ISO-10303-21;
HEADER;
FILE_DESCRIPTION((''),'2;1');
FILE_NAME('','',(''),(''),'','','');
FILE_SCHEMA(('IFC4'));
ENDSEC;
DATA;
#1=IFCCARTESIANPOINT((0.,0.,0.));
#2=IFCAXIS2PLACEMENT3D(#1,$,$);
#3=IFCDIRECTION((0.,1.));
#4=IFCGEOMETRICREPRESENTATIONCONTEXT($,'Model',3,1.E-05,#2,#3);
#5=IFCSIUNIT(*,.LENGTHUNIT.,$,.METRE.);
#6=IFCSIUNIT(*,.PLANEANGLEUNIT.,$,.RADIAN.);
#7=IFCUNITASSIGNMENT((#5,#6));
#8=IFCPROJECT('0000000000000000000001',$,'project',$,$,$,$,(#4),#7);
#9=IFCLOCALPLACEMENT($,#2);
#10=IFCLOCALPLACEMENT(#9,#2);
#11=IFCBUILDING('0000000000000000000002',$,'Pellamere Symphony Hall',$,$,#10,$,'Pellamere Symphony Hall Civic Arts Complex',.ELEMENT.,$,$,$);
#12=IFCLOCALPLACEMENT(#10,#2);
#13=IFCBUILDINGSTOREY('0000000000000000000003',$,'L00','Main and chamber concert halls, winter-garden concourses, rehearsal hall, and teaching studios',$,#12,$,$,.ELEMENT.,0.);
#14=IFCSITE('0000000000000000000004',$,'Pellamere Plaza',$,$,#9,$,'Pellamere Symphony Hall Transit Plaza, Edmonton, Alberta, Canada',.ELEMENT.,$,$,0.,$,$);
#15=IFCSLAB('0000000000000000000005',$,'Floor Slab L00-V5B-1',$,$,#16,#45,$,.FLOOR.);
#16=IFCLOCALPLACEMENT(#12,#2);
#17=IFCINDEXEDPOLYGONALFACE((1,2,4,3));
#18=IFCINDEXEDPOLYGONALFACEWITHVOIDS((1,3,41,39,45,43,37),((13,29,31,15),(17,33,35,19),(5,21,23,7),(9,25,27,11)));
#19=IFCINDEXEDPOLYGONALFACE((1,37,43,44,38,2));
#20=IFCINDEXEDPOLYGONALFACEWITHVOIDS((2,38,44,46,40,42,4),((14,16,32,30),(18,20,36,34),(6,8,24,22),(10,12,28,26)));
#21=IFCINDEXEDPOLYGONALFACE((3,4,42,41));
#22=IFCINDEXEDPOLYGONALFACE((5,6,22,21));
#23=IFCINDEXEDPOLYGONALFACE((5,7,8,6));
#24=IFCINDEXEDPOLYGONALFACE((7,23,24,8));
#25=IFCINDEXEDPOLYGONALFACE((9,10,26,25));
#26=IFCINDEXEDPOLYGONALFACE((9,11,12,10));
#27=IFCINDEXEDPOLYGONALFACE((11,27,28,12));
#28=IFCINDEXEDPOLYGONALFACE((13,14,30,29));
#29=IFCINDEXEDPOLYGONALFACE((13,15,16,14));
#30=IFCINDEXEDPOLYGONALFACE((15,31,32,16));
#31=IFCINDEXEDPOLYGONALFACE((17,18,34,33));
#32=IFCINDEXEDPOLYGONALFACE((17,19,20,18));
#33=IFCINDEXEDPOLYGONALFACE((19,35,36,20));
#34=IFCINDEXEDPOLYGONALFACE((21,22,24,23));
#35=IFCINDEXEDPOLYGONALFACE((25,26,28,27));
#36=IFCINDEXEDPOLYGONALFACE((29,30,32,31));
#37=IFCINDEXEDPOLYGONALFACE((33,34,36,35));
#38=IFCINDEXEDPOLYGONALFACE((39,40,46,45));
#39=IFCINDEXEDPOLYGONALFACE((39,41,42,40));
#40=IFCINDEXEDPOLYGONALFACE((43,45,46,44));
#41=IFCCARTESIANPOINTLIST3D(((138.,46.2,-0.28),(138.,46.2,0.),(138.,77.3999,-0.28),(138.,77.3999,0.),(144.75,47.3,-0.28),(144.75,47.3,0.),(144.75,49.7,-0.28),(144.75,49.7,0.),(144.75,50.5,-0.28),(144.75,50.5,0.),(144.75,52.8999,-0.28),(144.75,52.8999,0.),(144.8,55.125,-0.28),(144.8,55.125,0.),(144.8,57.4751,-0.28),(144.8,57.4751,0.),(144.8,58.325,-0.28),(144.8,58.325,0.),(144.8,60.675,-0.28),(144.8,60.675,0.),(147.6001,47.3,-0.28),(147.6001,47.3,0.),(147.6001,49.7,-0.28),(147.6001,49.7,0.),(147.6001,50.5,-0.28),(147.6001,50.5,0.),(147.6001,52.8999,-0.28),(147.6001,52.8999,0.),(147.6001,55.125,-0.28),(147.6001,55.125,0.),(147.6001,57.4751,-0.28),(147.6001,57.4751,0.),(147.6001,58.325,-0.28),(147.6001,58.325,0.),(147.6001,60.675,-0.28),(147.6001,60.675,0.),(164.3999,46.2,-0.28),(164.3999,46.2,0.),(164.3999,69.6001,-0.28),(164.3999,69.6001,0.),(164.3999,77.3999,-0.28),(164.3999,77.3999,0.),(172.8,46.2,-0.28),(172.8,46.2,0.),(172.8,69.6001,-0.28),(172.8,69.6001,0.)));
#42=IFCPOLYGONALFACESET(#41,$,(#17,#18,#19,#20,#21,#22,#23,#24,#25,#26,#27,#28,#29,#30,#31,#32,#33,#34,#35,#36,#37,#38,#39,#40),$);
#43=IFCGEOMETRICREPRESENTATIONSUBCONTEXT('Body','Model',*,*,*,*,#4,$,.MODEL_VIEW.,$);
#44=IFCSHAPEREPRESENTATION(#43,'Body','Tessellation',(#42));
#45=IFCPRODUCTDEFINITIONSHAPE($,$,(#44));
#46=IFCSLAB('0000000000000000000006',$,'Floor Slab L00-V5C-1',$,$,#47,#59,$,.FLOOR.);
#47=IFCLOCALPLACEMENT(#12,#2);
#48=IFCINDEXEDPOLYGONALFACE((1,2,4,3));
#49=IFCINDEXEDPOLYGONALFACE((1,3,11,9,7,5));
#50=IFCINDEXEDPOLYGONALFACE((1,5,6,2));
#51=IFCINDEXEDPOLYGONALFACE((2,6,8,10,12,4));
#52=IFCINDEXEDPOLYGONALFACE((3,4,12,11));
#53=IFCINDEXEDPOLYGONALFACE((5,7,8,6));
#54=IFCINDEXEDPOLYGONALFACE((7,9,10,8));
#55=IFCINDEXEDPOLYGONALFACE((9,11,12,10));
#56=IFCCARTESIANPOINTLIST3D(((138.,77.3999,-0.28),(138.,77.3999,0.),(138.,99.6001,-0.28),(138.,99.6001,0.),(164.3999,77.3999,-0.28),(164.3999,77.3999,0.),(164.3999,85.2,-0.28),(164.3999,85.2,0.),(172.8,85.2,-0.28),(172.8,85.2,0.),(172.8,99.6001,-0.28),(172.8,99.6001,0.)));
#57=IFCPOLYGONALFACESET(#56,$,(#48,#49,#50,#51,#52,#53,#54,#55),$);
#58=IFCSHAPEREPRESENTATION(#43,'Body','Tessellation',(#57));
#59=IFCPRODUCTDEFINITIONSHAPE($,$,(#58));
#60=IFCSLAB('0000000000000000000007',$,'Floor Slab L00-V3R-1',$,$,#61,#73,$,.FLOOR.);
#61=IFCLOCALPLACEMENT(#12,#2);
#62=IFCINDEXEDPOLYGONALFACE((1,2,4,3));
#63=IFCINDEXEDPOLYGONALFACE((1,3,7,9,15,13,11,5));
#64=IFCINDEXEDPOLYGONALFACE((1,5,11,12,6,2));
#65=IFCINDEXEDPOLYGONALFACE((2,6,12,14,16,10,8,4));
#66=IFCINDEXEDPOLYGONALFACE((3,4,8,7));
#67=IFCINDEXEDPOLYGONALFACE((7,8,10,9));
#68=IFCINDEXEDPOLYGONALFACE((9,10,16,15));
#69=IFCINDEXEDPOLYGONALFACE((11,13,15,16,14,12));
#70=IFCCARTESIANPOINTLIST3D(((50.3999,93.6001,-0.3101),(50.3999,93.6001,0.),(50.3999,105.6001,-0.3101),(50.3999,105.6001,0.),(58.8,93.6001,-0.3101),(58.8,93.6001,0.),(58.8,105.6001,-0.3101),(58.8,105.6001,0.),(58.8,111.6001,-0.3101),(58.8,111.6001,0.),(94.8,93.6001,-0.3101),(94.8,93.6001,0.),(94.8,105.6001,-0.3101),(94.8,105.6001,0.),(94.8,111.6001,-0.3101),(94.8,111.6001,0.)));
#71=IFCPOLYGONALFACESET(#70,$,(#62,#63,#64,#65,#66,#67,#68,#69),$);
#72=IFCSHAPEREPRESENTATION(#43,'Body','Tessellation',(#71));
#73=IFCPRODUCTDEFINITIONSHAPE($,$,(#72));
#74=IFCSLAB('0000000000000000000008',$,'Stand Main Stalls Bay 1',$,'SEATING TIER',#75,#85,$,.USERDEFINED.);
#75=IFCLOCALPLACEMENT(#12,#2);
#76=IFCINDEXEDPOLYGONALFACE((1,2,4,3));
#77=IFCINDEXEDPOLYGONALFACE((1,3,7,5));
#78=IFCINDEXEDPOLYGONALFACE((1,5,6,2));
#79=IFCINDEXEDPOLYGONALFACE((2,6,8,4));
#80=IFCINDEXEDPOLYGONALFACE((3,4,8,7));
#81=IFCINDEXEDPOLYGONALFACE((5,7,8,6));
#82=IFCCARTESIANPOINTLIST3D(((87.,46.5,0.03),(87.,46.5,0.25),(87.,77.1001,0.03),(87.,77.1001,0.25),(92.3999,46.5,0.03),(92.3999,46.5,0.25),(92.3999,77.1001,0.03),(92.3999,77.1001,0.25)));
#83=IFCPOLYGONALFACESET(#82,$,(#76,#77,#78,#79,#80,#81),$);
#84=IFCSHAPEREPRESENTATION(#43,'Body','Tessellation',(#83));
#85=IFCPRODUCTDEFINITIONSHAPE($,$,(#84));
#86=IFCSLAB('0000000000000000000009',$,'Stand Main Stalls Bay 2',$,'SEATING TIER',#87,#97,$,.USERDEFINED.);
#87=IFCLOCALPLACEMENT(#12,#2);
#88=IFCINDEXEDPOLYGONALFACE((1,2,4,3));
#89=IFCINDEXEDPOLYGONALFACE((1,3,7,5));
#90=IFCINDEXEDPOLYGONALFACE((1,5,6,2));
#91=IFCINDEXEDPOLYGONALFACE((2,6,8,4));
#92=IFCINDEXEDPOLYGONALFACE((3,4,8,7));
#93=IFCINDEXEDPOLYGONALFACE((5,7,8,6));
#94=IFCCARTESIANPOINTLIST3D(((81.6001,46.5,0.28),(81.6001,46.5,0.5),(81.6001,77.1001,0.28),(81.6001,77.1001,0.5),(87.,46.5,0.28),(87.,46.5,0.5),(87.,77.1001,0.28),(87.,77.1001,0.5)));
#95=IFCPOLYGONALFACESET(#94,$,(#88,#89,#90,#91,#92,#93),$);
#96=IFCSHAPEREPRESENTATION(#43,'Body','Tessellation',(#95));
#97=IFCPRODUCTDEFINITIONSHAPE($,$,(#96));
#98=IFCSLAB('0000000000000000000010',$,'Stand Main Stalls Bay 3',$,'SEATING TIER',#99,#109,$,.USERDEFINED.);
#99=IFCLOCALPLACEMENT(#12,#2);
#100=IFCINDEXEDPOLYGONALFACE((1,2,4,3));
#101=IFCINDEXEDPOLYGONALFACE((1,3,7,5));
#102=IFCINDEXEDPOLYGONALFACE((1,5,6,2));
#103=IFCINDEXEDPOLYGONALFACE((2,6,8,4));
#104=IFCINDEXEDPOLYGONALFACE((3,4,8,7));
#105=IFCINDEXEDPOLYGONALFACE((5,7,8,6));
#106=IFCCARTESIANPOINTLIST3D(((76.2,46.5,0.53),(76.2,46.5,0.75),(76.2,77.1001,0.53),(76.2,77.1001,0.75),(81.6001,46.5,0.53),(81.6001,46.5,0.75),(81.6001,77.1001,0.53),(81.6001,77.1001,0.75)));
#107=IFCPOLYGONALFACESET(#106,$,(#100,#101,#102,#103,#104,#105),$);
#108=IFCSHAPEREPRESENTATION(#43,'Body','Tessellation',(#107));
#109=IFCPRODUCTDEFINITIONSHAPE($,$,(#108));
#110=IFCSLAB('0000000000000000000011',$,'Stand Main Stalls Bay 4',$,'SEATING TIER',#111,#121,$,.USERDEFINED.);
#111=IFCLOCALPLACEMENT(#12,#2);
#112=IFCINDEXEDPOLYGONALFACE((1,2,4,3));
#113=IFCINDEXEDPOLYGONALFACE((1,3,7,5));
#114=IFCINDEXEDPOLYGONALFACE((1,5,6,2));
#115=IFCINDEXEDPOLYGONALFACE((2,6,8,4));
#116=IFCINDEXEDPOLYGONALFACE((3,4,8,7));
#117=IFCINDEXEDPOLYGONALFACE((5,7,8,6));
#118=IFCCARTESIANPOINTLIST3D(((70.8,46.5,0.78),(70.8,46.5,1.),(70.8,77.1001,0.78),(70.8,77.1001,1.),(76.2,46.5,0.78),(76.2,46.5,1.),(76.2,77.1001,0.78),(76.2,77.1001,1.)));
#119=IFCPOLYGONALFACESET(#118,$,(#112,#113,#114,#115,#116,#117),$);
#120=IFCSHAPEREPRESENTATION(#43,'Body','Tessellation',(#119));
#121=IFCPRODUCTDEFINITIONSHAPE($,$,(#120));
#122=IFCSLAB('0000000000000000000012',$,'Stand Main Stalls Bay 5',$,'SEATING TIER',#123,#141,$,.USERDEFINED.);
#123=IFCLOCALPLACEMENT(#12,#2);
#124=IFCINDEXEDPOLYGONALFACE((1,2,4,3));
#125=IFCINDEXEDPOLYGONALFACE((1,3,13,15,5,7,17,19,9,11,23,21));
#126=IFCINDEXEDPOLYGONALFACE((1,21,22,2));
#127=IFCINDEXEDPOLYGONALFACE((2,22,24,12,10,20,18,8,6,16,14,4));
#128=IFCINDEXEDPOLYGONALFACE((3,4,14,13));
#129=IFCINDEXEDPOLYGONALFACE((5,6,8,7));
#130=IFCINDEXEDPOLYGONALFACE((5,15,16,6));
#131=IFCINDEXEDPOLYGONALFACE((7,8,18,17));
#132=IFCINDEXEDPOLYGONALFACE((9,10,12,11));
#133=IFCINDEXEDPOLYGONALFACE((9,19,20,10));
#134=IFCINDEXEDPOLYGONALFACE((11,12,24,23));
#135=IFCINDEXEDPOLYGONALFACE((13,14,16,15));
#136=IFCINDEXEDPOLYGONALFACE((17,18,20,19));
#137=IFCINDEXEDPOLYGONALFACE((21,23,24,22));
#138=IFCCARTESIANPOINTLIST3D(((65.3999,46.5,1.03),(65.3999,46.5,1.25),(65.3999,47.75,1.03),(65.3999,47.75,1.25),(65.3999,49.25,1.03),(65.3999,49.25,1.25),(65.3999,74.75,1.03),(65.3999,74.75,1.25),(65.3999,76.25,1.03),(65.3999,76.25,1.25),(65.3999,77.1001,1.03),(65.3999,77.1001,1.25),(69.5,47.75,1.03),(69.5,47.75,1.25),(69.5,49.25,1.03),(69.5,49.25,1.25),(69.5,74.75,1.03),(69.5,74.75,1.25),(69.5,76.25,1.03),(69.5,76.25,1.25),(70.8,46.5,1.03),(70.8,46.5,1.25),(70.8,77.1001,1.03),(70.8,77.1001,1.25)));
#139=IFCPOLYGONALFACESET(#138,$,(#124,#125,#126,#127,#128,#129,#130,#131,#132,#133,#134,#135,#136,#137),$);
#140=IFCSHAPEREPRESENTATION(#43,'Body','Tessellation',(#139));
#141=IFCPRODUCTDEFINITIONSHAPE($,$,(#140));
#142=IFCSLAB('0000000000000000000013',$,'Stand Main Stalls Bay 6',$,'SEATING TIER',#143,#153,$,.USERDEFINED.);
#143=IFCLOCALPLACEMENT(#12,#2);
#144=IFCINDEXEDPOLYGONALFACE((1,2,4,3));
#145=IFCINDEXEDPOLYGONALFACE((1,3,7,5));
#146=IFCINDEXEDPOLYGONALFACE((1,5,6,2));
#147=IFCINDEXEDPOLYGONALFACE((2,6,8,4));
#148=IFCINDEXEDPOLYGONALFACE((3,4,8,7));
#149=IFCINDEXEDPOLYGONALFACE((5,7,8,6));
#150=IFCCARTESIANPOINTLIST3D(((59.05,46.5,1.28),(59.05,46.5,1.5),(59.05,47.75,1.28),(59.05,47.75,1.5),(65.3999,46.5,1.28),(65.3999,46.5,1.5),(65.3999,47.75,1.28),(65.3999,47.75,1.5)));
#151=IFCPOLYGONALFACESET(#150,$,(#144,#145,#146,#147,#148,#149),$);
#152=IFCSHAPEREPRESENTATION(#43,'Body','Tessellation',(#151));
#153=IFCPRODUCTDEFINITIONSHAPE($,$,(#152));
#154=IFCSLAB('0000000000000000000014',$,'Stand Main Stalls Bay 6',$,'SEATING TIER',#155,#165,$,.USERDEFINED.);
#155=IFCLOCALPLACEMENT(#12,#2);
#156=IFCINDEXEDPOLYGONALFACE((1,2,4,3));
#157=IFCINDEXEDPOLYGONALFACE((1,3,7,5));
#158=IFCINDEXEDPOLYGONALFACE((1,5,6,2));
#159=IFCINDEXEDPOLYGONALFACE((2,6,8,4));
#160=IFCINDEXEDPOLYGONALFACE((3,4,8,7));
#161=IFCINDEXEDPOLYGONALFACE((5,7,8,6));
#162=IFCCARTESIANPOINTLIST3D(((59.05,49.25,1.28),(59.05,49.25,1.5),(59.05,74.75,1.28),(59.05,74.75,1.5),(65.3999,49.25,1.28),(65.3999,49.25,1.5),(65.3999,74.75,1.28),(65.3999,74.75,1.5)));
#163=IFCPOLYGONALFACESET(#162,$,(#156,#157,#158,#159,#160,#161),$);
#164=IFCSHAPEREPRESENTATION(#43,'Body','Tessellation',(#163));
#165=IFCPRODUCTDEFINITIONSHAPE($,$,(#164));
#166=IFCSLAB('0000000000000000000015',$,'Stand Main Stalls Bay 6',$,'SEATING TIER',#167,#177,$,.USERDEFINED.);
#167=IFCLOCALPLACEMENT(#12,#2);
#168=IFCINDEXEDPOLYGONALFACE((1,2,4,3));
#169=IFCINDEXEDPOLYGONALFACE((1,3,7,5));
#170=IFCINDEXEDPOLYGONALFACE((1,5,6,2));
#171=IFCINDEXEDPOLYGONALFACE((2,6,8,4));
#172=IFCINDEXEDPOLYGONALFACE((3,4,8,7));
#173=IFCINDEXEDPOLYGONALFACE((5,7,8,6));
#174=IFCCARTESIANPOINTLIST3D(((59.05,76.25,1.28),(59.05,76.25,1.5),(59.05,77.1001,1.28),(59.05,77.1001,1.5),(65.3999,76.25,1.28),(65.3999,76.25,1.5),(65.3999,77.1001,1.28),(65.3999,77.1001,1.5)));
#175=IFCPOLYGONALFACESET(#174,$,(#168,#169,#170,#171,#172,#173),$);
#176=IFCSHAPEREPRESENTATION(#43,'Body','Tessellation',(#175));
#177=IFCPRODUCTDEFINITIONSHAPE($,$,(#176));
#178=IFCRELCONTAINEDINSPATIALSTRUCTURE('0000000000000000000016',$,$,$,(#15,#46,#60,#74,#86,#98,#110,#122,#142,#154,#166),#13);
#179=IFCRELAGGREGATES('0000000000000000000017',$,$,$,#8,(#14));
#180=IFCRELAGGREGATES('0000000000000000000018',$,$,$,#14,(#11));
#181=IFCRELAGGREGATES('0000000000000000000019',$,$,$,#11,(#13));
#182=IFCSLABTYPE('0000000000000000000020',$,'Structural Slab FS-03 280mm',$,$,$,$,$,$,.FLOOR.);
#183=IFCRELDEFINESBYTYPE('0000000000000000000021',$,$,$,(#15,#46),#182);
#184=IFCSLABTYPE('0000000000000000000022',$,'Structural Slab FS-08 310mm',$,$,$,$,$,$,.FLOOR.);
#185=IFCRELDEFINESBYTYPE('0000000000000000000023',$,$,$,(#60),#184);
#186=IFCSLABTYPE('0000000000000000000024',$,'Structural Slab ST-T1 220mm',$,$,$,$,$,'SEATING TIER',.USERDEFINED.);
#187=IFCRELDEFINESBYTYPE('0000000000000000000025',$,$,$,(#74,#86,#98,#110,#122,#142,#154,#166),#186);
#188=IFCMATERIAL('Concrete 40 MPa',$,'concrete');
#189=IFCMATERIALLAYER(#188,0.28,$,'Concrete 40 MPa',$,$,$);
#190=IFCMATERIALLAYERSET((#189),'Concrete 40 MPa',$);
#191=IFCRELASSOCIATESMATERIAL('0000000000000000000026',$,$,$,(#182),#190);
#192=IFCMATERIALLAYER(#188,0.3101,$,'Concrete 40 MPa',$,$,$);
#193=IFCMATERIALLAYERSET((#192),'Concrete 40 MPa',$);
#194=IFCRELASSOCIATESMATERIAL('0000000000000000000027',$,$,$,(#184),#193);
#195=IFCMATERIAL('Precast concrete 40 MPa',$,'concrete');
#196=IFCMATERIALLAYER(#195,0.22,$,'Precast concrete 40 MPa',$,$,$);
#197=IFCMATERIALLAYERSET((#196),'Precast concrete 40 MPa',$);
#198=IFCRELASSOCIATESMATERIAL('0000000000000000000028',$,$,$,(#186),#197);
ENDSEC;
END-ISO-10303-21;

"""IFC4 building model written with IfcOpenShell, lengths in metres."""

from ifc_helpers import new_model, si_unit, direction, frame, origin, place, context, subcontext, project, spatial, polyline, outline, extrude, material, layer, layer_set, type_object, element, save


model = new_model("IFC4")

# Units and contexts
model_context = context("Model", 3, precision=1e-05, world=origin(), true_north=direction((0.0, 1.0)))
body_context = subcontext(model_context, "Body", "Model", "MODEL_VIEW")
ifc_project = project(units=[si_unit("LENGTHUNIT", "METRE"), si_unit("PLANEANGLEUNIT", "RADIAN")], contexts=[model_context])

# Site, building, storey
site_placement = place(None, origin())
site = spatial("IfcSite", under=ifc_project, at=site_placement, Name="Pellamere Plaza", LongName="Pellamere Symphony Hall Transit Plaza, Edmonton, Alberta, Canada", CompositionType="ELEMENT", RefElevation=0.0)
building_placement = place(site_placement, origin())
building = spatial("IfcBuilding", under=site, at=building_placement, Name="Pellamere Symphony Hall", LongName="Pellamere Symphony Hall Civic Arts Complex", CompositionType="ELEMENT")
storey_placement = place(building_placement, origin())
storey = spatial("IfcBuildingStorey", under=building, at=storey_placement, Name="L00", Description="Main and chamber concert halls, winter-garden concourses, rehearsal hall, and teaching studios", CompositionType="ELEMENT", Elevation=0.0)

# Shared definitions
ifc_material_1 = material(Name="Concrete 40 MPa", Category="concrete")

# Slabs
ifc_layer_1 = layer(ifc_material_1, 0.28, Name="Concrete 40 MPa")
ifc_layer_set_1 = layer_set([ifc_layer_1], Name="Concrete 40 MPa")
slab_type_1 = type_object("IfcSlabType", Name="Structural Slab FS-03 280mm", PredefinedType="FLOOR", material=ifc_layer_set_1)
slab_1_placement = place(storey_placement, frame((0.0, 0.0, -0.28)))
element("IfcSlab", 1, at=slab_1_placement, inside=storey, type_object=slab_type_1, Name="Floor Slab L00-V5B-1", PredefinedType="FLOOR", context=body_context, shape_type="SweptSolid", body=[
    extrude(outline(polyline([(172.8, 46.2), (164.3999, 46.2), (138.0, 46.2), (138.0, 77.3999), (164.3999, 77.3999), (164.3999, 69.6001), (172.8, 69.6001), (172.8, 46.2)]), holes=[polyline([(147.6001, 47.3), (147.6001, 49.7), (144.75, 49.7), (144.75, 47.3), (147.6001, 47.3)]), polyline([(147.6001, 52.8999), (144.75, 52.8999), (144.75, 50.5), (147.6001, 50.5), (147.6001, 52.8999)]), polyline([(147.6001, 55.125), (147.6001, 57.4751), (144.8, 57.4751), (144.8, 55.125), (147.6001, 55.125)]), polyline([(147.6001, 58.325), (147.6001, 60.675), (144.8, 60.675), (144.8, 58.325), (147.6001, 58.325)])]), origin(), (0.0, 0.0, 1.0), 0.28),
])
slab_2_placement = place(storey_placement, frame((0.0, 0.0, -0.28)))
element("IfcSlab", 2, at=slab_2_placement, inside=storey, type_object=slab_type_1, Name="Floor Slab L00-V5C-1", PredefinedType="FLOOR", context=body_context, shape_type="SweptSolid", body=[
    extrude(outline(polyline([(138.0, 77.3999), (138.0, 99.6001), (172.8, 99.6001), (172.8, 85.2), (164.3999, 85.2), (164.3999, 77.3999), (138.0, 77.3999)])), origin(), (0.0, 0.0, 1.0), 0.28),
])
ifc_layer_2 = layer(ifc_material_1, 0.3101, Name="Concrete 40 MPa")
ifc_layer_set_2 = layer_set([ifc_layer_2], Name="Concrete 40 MPa")
slab_type_2 = type_object("IfcSlabType", Name="Structural Slab FS-08 310mm", PredefinedType="FLOOR", material=ifc_layer_set_2)
slab_3_placement = place(storey_placement, frame((0.0, 0.0, -0.3101)))
element("IfcSlab", 3, at=slab_3_placement, inside=storey, type_object=slab_type_2, Name="Floor Slab L00-V3R-1", PredefinedType="FLOOR", context=body_context, shape_type="SweptSolid", body=[
    extrude(outline(polyline([(94.8, 93.6001), (58.8, 93.6001), (50.3999, 93.6001), (50.3999, 105.6001), (58.8, 105.6001), (58.8, 111.6001), (94.8, 111.6001), (94.8, 105.6001), (94.8, 93.6001)])), origin(), (0.0, 0.0, 1.0), 0.3101),
])
ifc_material_2 = material(Name="Precast concrete 40 MPa", Category="concrete")
ifc_layer_3 = layer(ifc_material_2, 0.22, Name="Precast concrete 40 MPa")
ifc_layer_set_3 = layer_set([ifc_layer_3], Name="Precast concrete 40 MPa")
slab_type_3 = type_object("IfcSlabType", Name="Structural Slab ST-T1 220mm", ElementType="SEATING TIER", PredefinedType="USERDEFINED", material=ifc_layer_set_3)
slab_4_placement = place(storey_placement, frame((0.0, 0.0, 0.03)))
element("IfcSlab", 4, at=slab_4_placement, inside=storey, type_object=slab_type_3, Name="Stand Main Stalls Bay 1", ObjectType="SEATING TIER", PredefinedType="USERDEFINED", context=body_context, shape_type="SweptSolid", body=[
    extrude(outline(polyline([(87.0, 46.5), (87.0, 77.1001), (92.3999, 77.1001), (92.3999, 46.5), (87.0, 46.5)])), origin(), (0.0, 0.0, 1.0), 0.22),
])
slab_5_placement = place(storey_placement, frame((0.0, 0.0, 0.28)))
element("IfcSlab", 5, at=slab_5_placement, inside=storey, type_object=slab_type_3, Name="Stand Main Stalls Bay 2", ObjectType="SEATING TIER", PredefinedType="USERDEFINED", context=body_context, shape_type="SweptSolid", body=[
    extrude(outline(polyline([(81.6001, 46.5), (81.6001, 77.1001), (87.0, 77.1001), (87.0, 46.5), (81.6001, 46.5)])), origin(), (0.0, 0.0, 1.0), 0.22),
])
slab_6_placement = place(storey_placement, frame((0.0, 0.0, 0.53)))
element("IfcSlab", 6, at=slab_6_placement, inside=storey, type_object=slab_type_3, Name="Stand Main Stalls Bay 3", ObjectType="SEATING TIER", PredefinedType="USERDEFINED", context=body_context, shape_type="SweptSolid", body=[
    extrude(outline(polyline([(76.2, 46.5), (76.2, 77.1001), (81.6001, 77.1001), (81.6001, 46.5), (76.2, 46.5)])), origin(), (0.0, 0.0, 1.0), 0.22),
])
slab_7_placement = place(storey_placement, frame((0.0, 0.0, 0.78)))
element("IfcSlab", 7, at=slab_7_placement, inside=storey, type_object=slab_type_3, Name="Stand Main Stalls Bay 4", ObjectType="SEATING TIER", PredefinedType="USERDEFINED", context=body_context, shape_type="SweptSolid", body=[
    extrude(outline(polyline([(70.8, 46.5), (70.8, 77.1001), (76.2, 77.1001), (76.2, 46.5), (70.8, 46.5)])), origin(), (0.0, 0.0, 1.0), 0.22),
])
slab_8_placement = place(storey_placement, frame((0.0, 0.0, 1.03)))
element("IfcSlab", 8, at=slab_8_placement, inside=storey, type_object=slab_type_3, Name="Stand Main Stalls Bay 5", ObjectType="SEATING TIER", PredefinedType="USERDEFINED", context=body_context, shape_type="SweptSolid", body=[
    extrude(outline(polyline([(65.3999, 77.1001), (70.8, 77.1001), (70.8, 46.5), (65.3999, 46.5), (65.3999, 47.75), (69.5, 47.75), (69.5, 49.25), (65.3999, 49.25), (65.3999, 74.75), (69.5, 74.75), (69.5, 76.25), (65.3999, 76.25), (65.3999, 77.1001)])), origin(), (0.0, 0.0, 1.0), 0.22),
])
slab_9_placement = place(storey_placement, frame((0.0, 0.0, 1.28)))
element("IfcSlab", 9, at=slab_9_placement, inside=storey, type_object=slab_type_3, Name="Stand Main Stalls Bay 6", ObjectType="SEATING TIER", PredefinedType="USERDEFINED", context=body_context, shape_type="SweptSolid", body=[
    extrude(outline(polyline([(65.3999, 46.5), (59.05, 46.5), (59.05, 47.75), (65.3999, 47.75), (65.3999, 46.5)])), origin(), (0.0, 0.0, 1.0), 0.22),
])
slab_10_placement = place(storey_placement, frame((0.0, 0.0, 1.28)))
element("IfcSlab", 10, at=slab_10_placement, inside=storey, type_object=slab_type_3, Name="Stand Main Stalls Bay 6", ObjectType="SEATING TIER", PredefinedType="USERDEFINED", context=body_context, shape_type="SweptSolid", body=[
    extrude(outline(polyline([(65.3999, 49.25), (59.05, 49.25), (59.05, 74.75), (65.3999, 74.75), (65.3999, 49.25)])), origin(), (0.0, 0.0, 1.0), 0.22),
])
slab_11_placement = place(storey_placement, frame((0.0, 0.0, 1.28)))
element("IfcSlab", 11, at=slab_11_placement, inside=storey, type_object=slab_type_3, Name="Stand Main Stalls Bay 6", ObjectType="SEATING TIER", PredefinedType="USERDEFINED", context=body_context, shape_type="SweptSolid", body=[
    extrude(outline(polyline([(59.05, 77.1001), (65.3999, 77.1001), (65.3999, 76.25), (59.05, 76.25), (59.05, 77.1001)])), origin(), (0.0, 0.0, 1.0), 0.22),
])

save(model, "model.ifc")
